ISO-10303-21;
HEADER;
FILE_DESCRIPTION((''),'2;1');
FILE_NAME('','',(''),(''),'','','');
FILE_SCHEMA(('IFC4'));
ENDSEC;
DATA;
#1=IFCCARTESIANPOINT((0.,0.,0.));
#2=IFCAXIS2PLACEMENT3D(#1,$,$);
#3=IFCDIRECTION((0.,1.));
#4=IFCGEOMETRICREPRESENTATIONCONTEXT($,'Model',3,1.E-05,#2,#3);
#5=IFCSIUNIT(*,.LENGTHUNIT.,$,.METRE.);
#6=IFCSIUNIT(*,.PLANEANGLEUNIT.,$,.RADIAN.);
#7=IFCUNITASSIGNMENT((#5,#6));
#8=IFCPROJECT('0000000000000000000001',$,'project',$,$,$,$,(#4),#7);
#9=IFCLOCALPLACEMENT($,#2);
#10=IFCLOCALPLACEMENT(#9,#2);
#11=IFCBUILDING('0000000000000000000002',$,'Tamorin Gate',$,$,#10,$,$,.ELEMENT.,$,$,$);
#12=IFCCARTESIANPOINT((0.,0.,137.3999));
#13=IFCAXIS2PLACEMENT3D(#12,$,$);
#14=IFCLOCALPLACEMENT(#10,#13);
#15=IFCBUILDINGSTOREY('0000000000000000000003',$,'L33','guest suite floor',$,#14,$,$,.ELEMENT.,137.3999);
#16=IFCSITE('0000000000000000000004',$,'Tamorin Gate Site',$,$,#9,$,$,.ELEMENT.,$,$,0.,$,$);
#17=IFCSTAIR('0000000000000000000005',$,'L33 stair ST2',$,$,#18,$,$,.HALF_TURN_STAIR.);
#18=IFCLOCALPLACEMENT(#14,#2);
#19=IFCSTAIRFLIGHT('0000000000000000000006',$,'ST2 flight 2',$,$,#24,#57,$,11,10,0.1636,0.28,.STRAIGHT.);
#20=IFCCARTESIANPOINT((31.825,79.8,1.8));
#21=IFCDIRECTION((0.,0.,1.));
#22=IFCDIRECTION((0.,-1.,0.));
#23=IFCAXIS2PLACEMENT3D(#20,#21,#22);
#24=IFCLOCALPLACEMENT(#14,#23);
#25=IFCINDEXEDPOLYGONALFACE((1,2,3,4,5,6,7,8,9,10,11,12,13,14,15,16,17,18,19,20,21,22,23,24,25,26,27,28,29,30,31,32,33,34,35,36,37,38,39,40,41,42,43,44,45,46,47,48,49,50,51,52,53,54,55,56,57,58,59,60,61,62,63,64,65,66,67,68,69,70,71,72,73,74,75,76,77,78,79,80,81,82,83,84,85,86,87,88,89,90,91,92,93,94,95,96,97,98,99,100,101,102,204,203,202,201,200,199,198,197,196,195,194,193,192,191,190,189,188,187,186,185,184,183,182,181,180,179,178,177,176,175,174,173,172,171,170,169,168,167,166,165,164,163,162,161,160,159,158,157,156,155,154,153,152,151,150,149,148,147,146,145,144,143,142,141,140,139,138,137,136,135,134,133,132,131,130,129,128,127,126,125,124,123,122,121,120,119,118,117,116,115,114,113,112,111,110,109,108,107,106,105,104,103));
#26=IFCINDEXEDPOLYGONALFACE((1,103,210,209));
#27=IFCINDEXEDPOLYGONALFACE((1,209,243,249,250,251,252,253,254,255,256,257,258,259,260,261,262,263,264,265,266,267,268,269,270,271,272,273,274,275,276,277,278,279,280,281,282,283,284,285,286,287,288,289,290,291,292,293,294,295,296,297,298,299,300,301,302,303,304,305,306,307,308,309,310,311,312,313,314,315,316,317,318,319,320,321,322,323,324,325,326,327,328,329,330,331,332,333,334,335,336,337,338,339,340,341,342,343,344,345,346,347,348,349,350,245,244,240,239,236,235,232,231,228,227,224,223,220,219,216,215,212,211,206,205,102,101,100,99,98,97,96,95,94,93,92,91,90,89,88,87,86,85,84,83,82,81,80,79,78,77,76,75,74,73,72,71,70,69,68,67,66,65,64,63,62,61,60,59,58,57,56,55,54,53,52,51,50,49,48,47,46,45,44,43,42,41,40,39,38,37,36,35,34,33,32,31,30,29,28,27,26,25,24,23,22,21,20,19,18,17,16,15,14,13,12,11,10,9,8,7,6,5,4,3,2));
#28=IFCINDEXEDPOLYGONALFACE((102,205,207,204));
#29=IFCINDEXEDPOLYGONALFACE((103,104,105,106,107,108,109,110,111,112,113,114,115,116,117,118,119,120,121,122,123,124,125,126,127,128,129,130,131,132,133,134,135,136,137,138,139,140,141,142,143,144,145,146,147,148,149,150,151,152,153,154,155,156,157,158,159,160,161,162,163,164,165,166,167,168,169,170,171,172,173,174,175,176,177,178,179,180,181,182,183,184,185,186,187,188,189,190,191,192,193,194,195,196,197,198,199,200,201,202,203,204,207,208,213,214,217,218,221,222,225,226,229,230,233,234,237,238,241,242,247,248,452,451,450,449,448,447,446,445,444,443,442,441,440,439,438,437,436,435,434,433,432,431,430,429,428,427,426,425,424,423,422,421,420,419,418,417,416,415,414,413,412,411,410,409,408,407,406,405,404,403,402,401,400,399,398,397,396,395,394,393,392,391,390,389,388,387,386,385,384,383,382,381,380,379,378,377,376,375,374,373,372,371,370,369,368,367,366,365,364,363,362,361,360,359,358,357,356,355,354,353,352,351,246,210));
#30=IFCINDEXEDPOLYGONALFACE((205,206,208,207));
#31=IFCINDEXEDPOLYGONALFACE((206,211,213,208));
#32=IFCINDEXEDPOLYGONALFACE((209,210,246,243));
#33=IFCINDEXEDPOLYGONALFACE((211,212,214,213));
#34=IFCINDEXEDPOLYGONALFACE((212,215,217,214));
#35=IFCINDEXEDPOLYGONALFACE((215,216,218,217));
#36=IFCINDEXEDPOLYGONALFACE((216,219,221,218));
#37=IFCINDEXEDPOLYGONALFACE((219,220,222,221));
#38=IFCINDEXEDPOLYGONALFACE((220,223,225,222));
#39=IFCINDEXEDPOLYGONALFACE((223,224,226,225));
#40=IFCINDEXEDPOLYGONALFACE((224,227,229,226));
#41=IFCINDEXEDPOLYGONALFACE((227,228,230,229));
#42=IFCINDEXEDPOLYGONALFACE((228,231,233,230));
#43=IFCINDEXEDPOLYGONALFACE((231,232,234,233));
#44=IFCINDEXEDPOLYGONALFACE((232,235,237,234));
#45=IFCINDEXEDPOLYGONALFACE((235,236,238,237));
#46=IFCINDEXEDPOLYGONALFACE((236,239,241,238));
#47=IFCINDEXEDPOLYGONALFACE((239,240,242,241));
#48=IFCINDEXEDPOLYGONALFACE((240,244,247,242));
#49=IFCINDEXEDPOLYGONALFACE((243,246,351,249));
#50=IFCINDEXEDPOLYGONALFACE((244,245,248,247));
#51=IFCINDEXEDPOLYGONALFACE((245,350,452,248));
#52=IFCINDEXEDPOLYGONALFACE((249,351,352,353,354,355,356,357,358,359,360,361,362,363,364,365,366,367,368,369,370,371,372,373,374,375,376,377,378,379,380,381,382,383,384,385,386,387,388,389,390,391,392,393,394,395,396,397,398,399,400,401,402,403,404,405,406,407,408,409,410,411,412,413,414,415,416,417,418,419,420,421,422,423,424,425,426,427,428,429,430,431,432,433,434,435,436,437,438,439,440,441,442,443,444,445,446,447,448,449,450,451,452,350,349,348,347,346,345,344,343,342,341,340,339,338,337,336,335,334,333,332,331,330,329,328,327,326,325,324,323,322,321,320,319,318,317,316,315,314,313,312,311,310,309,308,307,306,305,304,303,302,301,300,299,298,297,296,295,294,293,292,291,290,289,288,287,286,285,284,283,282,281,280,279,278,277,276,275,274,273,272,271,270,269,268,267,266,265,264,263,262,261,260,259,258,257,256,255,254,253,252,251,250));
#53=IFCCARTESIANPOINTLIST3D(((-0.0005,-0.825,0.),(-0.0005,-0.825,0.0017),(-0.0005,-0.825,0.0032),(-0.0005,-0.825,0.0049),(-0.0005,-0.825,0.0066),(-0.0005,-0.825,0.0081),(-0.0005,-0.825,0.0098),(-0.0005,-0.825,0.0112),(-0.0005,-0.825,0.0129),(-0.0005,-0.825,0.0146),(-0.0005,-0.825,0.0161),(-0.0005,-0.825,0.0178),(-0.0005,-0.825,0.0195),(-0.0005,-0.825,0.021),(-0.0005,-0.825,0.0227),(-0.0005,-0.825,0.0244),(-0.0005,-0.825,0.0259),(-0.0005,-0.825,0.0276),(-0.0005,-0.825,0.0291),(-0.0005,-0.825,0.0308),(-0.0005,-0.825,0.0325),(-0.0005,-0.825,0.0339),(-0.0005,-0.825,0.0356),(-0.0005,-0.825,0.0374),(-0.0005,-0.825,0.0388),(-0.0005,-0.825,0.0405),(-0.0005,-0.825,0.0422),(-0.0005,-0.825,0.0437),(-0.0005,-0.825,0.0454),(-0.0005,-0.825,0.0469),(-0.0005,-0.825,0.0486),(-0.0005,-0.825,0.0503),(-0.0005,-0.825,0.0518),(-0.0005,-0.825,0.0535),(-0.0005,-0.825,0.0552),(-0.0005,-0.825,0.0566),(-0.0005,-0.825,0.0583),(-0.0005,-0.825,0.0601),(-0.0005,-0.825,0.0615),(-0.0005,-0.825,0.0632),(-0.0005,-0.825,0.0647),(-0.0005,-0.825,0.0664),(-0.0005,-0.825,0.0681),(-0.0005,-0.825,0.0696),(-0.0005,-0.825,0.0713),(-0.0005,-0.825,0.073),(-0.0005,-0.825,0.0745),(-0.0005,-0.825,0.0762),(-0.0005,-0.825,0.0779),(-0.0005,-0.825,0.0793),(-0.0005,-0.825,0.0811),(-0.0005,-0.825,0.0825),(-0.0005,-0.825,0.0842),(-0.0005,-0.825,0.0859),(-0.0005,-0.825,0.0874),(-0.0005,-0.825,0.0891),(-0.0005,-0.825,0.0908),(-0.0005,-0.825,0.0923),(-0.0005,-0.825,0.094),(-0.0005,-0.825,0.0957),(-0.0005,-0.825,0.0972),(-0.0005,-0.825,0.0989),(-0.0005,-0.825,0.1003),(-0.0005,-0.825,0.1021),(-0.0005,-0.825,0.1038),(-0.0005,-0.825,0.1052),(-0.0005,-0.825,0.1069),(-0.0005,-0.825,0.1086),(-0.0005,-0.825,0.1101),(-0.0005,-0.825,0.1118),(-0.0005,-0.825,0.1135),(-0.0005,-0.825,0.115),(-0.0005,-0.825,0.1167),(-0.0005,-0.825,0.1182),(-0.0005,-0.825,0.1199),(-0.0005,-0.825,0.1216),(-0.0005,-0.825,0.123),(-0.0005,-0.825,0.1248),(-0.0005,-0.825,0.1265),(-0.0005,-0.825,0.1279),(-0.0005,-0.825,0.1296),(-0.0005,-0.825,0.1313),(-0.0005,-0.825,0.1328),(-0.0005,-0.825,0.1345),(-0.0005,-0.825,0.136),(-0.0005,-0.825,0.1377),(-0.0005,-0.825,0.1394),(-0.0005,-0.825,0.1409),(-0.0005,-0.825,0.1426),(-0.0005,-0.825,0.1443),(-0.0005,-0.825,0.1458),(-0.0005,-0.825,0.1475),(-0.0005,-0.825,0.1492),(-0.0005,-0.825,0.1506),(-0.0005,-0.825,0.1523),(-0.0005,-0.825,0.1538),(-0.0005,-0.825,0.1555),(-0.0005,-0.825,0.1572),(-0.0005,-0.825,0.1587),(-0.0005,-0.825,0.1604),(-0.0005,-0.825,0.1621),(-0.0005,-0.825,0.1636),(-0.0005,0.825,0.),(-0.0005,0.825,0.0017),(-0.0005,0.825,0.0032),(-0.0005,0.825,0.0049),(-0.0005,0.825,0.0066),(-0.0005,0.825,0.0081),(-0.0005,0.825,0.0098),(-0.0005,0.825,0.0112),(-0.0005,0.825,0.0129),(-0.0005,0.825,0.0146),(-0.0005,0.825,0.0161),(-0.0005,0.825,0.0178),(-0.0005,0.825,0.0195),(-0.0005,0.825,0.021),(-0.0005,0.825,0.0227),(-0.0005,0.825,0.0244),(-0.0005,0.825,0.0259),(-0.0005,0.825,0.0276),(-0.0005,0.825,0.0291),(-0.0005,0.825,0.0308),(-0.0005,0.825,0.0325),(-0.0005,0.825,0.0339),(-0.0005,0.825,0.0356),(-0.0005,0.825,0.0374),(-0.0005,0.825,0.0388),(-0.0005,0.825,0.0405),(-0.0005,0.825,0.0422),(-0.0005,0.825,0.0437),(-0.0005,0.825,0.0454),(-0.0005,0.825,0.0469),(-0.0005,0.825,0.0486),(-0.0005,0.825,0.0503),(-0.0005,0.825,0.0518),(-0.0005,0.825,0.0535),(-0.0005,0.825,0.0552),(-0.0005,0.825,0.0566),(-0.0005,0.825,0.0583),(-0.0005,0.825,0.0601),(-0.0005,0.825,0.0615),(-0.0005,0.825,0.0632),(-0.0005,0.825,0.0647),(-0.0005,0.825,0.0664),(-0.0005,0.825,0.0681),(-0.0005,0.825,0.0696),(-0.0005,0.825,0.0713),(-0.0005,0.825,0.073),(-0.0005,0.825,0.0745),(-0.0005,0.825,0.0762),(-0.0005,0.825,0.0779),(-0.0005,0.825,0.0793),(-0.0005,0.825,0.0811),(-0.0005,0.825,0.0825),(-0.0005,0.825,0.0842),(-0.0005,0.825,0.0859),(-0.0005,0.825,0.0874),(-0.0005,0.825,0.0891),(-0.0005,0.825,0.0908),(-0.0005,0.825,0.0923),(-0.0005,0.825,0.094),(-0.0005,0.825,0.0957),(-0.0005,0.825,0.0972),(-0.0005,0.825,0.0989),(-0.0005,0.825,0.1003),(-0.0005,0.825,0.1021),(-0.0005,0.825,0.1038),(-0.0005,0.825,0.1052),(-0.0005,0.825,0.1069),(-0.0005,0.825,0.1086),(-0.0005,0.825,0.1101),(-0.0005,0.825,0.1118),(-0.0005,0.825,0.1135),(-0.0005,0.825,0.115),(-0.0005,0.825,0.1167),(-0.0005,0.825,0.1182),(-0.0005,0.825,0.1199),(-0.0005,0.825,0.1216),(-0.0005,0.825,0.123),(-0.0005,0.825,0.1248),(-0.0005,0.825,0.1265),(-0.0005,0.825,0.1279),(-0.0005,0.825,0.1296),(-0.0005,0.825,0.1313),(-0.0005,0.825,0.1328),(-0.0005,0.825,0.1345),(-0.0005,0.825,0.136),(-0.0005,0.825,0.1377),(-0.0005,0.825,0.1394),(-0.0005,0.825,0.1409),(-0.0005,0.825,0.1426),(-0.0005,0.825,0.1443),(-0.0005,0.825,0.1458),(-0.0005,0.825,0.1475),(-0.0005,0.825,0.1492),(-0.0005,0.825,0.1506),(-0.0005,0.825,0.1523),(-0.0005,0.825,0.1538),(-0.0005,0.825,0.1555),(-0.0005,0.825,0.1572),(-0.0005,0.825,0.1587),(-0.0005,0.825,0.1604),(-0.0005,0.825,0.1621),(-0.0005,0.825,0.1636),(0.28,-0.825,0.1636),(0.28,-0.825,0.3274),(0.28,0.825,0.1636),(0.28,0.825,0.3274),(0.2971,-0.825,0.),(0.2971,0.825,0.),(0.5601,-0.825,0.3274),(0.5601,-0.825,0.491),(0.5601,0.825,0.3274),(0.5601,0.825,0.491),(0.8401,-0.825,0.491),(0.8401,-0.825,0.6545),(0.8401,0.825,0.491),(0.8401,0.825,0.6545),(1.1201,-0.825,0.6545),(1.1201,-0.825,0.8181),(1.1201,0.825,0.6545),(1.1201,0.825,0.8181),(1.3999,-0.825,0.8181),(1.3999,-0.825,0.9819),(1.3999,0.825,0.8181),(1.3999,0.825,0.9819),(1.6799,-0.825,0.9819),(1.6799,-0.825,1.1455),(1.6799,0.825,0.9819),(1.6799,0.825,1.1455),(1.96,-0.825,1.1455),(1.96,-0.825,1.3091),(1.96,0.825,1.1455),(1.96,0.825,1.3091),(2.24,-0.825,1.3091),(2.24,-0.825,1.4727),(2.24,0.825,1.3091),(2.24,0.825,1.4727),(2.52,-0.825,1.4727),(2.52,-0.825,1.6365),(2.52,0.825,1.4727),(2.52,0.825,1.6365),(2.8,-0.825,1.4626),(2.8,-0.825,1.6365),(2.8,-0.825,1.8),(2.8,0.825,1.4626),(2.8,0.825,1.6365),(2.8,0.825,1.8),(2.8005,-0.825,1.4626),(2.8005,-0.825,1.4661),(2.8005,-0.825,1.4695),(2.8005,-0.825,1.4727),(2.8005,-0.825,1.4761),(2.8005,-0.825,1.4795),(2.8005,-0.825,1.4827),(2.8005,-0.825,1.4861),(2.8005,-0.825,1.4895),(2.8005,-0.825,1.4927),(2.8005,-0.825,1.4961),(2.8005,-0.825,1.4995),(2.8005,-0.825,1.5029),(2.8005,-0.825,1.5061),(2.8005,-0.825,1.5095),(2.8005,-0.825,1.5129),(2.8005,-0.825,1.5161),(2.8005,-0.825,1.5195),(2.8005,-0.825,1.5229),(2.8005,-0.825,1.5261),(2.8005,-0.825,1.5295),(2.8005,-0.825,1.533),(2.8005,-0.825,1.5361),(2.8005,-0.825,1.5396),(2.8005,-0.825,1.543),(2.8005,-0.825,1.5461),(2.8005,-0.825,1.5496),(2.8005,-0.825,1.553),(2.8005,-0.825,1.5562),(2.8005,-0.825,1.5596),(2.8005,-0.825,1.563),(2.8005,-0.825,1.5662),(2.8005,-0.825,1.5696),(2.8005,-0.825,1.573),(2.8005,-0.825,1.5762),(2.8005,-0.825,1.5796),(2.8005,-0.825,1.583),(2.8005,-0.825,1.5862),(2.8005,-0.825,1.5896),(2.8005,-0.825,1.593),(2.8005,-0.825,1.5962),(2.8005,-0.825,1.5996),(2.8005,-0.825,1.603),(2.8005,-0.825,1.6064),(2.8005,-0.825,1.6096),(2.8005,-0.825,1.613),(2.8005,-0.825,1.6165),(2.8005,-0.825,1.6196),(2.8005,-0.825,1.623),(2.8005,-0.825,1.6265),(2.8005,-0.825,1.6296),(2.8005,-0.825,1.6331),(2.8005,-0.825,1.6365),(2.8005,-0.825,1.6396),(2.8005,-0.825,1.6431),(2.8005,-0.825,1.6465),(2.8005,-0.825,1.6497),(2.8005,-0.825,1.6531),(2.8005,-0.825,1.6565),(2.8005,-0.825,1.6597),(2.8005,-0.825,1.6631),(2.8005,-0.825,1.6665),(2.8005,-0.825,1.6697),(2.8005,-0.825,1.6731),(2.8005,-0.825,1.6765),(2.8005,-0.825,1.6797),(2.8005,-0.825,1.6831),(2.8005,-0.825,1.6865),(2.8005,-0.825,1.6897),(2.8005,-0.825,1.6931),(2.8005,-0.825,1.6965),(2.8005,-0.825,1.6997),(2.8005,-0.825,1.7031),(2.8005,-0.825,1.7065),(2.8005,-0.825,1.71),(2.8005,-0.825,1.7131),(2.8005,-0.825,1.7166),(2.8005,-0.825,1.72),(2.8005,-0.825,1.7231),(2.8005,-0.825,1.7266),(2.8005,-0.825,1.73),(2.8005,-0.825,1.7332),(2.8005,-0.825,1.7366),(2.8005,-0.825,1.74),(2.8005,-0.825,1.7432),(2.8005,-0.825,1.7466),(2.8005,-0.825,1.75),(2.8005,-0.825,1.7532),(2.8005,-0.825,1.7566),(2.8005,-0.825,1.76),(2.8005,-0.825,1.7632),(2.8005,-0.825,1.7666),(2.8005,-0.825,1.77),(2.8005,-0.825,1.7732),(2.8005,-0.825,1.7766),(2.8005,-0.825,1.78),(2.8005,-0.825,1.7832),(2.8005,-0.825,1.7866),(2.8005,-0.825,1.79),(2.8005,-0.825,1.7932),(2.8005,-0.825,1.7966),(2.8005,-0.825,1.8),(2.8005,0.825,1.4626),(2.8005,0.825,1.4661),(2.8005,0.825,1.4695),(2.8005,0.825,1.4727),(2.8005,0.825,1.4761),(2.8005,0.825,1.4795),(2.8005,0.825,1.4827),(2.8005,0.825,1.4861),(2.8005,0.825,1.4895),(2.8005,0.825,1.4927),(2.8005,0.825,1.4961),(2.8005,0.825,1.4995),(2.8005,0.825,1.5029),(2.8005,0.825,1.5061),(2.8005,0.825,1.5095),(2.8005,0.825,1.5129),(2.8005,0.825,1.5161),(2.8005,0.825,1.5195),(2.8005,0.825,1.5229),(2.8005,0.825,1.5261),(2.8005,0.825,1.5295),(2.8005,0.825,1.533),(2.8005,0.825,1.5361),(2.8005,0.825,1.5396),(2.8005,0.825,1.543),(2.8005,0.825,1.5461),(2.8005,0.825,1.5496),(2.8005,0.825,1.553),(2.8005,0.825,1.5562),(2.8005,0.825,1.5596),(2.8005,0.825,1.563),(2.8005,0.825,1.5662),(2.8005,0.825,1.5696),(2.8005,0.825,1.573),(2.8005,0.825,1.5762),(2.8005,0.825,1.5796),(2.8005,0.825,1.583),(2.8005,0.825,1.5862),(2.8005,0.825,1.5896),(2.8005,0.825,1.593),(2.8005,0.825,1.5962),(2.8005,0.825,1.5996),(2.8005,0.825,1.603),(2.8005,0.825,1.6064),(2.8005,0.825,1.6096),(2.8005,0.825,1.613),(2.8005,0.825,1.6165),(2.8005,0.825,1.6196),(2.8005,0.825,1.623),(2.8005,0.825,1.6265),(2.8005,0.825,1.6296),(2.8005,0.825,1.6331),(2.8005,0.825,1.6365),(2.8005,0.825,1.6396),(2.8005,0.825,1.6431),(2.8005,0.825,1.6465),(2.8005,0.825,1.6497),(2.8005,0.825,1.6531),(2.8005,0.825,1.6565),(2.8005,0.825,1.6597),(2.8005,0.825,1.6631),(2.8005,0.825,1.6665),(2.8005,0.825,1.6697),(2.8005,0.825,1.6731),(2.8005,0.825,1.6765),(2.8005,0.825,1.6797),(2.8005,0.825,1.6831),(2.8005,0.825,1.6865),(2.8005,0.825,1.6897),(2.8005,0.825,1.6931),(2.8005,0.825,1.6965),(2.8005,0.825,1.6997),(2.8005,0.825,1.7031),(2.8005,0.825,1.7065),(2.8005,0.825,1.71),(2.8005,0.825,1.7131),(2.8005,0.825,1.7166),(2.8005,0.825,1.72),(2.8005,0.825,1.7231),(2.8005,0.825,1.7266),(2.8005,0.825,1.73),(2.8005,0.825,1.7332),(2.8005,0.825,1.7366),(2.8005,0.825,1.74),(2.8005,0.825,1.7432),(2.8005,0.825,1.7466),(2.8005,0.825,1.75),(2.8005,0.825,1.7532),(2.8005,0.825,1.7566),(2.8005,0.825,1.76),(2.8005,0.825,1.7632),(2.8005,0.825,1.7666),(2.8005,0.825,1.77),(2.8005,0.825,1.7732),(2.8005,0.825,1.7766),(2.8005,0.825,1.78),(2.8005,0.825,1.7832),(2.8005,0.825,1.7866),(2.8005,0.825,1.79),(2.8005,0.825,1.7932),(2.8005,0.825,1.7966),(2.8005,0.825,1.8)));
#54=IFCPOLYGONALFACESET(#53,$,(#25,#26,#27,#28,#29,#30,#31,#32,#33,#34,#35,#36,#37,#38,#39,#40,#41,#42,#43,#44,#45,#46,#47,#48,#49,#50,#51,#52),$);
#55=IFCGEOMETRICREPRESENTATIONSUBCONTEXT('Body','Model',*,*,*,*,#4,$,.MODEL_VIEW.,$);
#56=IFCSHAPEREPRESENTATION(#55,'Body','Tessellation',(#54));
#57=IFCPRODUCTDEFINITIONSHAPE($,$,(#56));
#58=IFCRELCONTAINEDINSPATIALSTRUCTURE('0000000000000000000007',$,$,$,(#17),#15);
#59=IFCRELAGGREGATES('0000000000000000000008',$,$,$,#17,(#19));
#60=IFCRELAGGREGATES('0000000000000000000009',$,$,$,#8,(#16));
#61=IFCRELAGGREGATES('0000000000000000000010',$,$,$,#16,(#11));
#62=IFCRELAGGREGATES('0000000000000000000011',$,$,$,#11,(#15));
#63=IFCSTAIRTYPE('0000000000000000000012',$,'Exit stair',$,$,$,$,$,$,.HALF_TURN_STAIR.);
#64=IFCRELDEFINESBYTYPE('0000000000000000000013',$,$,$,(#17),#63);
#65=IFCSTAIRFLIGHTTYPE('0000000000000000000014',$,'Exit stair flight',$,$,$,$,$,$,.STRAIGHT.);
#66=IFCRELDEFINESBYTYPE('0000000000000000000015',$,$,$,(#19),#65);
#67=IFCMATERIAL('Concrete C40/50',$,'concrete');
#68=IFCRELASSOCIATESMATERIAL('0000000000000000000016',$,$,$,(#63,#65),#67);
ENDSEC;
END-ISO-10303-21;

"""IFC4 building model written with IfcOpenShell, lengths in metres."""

from ifc_helpers import new_model, si_unit, direction, frame, origin, place, context, subcontext, project, spatial, polyline, outline, extrude, material, type_object, element, aggregate, save


model = new_model("IFC4")

# Units and contexts
model_context = context("Model", 3, precision=1e-05, world=origin(), true_north=direction((0.0, 1.0)))
body_context = subcontext(model_context, "Body", "Model", "MODEL_VIEW")
ifc_project = project(units=[si_unit("LENGTHUNIT", "METRE"), si_unit("PLANEANGLEUNIT", "RADIAN")], contexts=[model_context])

# Site, building, storey
site_placement = place(None, origin())
site = spatial("IfcSite", under=ifc_project, at=site_placement, Name="Tamorin Gate Site", CompositionType="ELEMENT", RefElevation=0.0)
building_placement = place(site_placement, origin())
building = spatial("IfcBuilding", under=site, at=building_placement, Name="Tamorin Gate", CompositionType="ELEMENT")
storey_placement = place(building_placement, frame((0.0, 0.0, 137.3999)))
storey = spatial("IfcBuildingStorey", under=building, at=storey_placement, Name="L33", Description="guest suite floor", CompositionType="ELEMENT", Elevation=137.3999)

# Shared definitions
ifc_material_1 = material(Name="Concrete C40/50", Category="concrete")

# Stair, stair flight
stair_type = type_object("IfcStairType", Name="Exit stair", PredefinedType="HALF_TURN_STAIR", material=ifc_material_1)
stair_flight_type = type_object("IfcStairFlightType", Name="Exit stair flight", PredefinedType="STRAIGHT", material=ifc_material_1)
stair_1_placement = place(storey_placement, origin())
stair_1 = element("IfcStair", 1, at=stair_1_placement, inside=storey, type_object=stair_type, Name="L33 stair ST2", PredefinedType="HALF_TURN_STAIR")
stair_flight_1_placement = place(storey_placement, frame((31.825, 79.8, 1.8), z_axis=(0.0, 0.0, 1.0), x_axis=(0.0, -1.0, 0.0)))
stair_flight_1 = element("IfcStairFlight", 2, at=stair_flight_1_placement, type_object=stair_flight_type, Name="ST2 flight 2", NumberOfRisers=11, NumberOfTreads=10, PredefinedType="STRAIGHT", RiserHeight=0.1636, TreadLength=0.28, context=body_context, shape_type="SweptSolid", body=[
    extrude(outline(polyline([(-0.0005, 0.0), (-0.0005, 0.0017), (-0.0005, 0.0032), (-0.0005, 0.0049), (-0.0005, 0.0066), (-0.0005, 0.0081), (-0.0005, 0.0098), (-0.0005, 0.0112), (-0.0005, 0.0129), (-0.0005, 0.0146), (-0.0005, 0.0161), (-0.0005, 0.0178), (-0.0005, 0.0195), (-0.0005, 0.021), (-0.0005, 0.0227), (-0.0005, 0.0244), (-0.0005, 0.0259), (-0.0005, 0.0276), (-0.0005, 0.0291), (-0.0005, 0.0308), (-0.0005, 0.0325), (-0.0005, 0.0339), (-0.0005, 0.0356), (-0.0005, 0.0374), (-0.0005, 0.0388), (-0.0005, 0.0405), (-0.0005, 0.0422), (-0.0005, 0.0437), (-0.0005, 0.0454), (-0.0005, 0.0469), (-0.0005, 0.0486), (-0.0005, 0.0503), (-0.0005, 0.0518), (-0.0005, 0.0535), (-0.0005, 0.0552), (-0.0005, 0.0566), (-0.0005, 0.0583), (-0.0005, 0.0601), (-0.0005, 0.0615), (-0.0005, 0.0632), (-0.0005, 0.0647), (-0.0005, 0.0664), (-0.0005, 0.0681), (-0.0005, 0.0696), (-0.0005, 0.0713), (-0.0005, 0.073), (-0.0005, 0.0745), (-0.0005, 0.0762), (-0.0005, 0.0779), (-0.0005, 0.0793), (-0.0005, 0.0811), (-0.0005, 0.0825), (-0.0005, 0.0842), (-0.0005, 0.0859), (-0.0005, 0.0874), (-0.0005, 0.0891), (-0.0005, 0.0908), (-0.0005, 0.0923), (-0.0005, 0.094), (-0.0005, 0.0957), (-0.0005, 0.0972), (-0.0005, 0.0989), (-0.0005, 0.1003), (-0.0005, 0.1021), (-0.0005, 0.1038), (-0.0005, 0.1052), (-0.0005, 0.1069), (-0.0005, 0.1086), (-0.0005, 0.1101), (-0.0005, 0.1118), (-0.0005, 0.1135), (-0.0005, 0.115), (-0.0005, 0.1167), (-0.0005, 0.1182), (-0.0005, 0.1199), (-0.0005, 0.1216), (-0.0005, 0.123), (-0.0005, 0.1248), (-0.0005, 0.1265), (-0.0005, 0.1279), (-0.0005, 0.1296), (-0.0005, 0.1313), (-0.0005, 0.1328), (-0.0005, 0.1345), (-0.0005, 0.136), (-0.0005, 0.1377), (-0.0005, 0.1394), (-0.0005, 0.1409), (-0.0005, 0.1426), (-0.0005, 0.1443), (-0.0005, 0.1458), (-0.0005, 0.1475), (-0.0005, 0.1492), (-0.0005, 0.1506), (-0.0005, 0.1523), (-0.0005, 0.1538), (-0.0005, 0.1555), (-0.0005, 0.1572), (-0.0005, 0.1587), (-0.0005, 0.1604), (-0.0005, 0.1621), (-0.0005, 0.1636), (0.28, 0.1636), (0.28, 0.3274), (0.5601, 0.3274), (0.5601, 0.491), (0.8401, 0.491), (0.8401, 0.6545), (1.1201, 0.6545), (1.1201, 0.8181), (1.3999, 0.8181), (1.3999, 0.9819), (1.6799, 0.9819), (1.6799, 1.1455), (1.96, 1.1455), (1.96, 1.3091), (2.24, 1.3091), (2.24, 1.4727), (2.52, 1.4727), (2.52, 1.6365), (2.8, 1.6365), (2.8, 1.8), (2.8005, 1.8), (2.8005, 1.7966), (2.8005, 1.7932), (2.8005, 1.79), (2.8005, 1.7866), (2.8005, 1.7832), (2.8005, 1.78), (2.8005, 1.7766), (2.8005, 1.7732), (2.8005, 1.77), (2.8005, 1.7666), (2.8005, 1.7632), (2.8005, 1.76), (2.8005, 1.7566), (2.8005, 1.7532), (2.8005, 1.75), (2.8005, 1.7466), (2.8005, 1.7432), (2.8005, 1.74), (2.8005, 1.7366), (2.8005, 1.7332), (2.8005, 1.73), (2.8005, 1.7266), (2.8005, 1.7231), (2.8005, 1.72), (2.8005, 1.7166), (2.8005, 1.7131), (2.8005, 1.71), (2.8005, 1.7065), (2.8005, 1.7031), (2.8005, 1.6997), (2.8005, 1.6965), (2.8005, 1.6931), (2.8005, 1.6897), (2.8005, 1.6865), (2.8005, 1.6831), (2.8005, 1.6797), (2.8005, 1.6765), (2.8005, 1.6731), (2.8005, 1.6697), (2.8005, 1.6665), (2.8005, 1.6631), (2.8005, 1.6597), (2.8005, 1.6565), (2.8005, 1.6531), (2.8005, 1.6497), (2.8005, 1.6465), (2.8005, 1.6431), (2.8005, 1.6396), (2.8005, 1.6365), (2.8005, 1.6331), (2.8005, 1.6296), (2.8005, 1.6265), (2.8005, 1.623), (2.8005, 1.6196), (2.8005, 1.6165), (2.8005, 1.613), (2.8005, 1.6096), (2.8005, 1.6064), (2.8005, 1.603), (2.8005, 1.5996), (2.8005, 1.5962), (2.8005, 1.593), (2.8005, 1.5896), (2.8005, 1.5862), (2.8005, 1.583), (2.8005, 1.5796), (2.8005, 1.5762), (2.8005, 1.573), (2.8005, 1.5696), (2.8005, 1.5662), (2.8005, 1.563), (2.8005, 1.5596), (2.8005, 1.5562), (2.8005, 1.553), (2.8005, 1.5496), (2.8005, 1.5461), (2.8005, 1.543), (2.8005, 1.5396), (2.8005, 1.5361), (2.8005, 1.533), (2.8005, 1.5295), (2.8005, 1.5261), (2.8005, 1.5229), (2.8005, 1.5195), (2.8005, 1.5161), (2.8005, 1.5129), (2.8005, 1.5095), (2.8005, 1.5061), (2.8005, 1.5029), (2.8005, 1.4995), (2.8005, 1.4961), (2.8005, 1.4927), (2.8005, 1.4895), (2.8005, 1.4861), (2.8005, 1.4827), (2.8005, 1.4795), (2.8005, 1.4761), (2.8005, 1.4727), (2.8005, 1.4695), (2.8005, 1.4661), (2.8005, 1.4626), (2.8, 1.4626), (0.2971, 0.0), (-0.0005, 0.0)])), frame((0.0, 0.825, 0.0), z_axis=(0.0, -1.0, 0.0), x_axis=(1.0, 0.0, 0.0)), (0.0, 0.0, 1.0), 1.6499),
])
aggregate(stair_1, [stair_flight_1])

save(model, "model.ifc")
